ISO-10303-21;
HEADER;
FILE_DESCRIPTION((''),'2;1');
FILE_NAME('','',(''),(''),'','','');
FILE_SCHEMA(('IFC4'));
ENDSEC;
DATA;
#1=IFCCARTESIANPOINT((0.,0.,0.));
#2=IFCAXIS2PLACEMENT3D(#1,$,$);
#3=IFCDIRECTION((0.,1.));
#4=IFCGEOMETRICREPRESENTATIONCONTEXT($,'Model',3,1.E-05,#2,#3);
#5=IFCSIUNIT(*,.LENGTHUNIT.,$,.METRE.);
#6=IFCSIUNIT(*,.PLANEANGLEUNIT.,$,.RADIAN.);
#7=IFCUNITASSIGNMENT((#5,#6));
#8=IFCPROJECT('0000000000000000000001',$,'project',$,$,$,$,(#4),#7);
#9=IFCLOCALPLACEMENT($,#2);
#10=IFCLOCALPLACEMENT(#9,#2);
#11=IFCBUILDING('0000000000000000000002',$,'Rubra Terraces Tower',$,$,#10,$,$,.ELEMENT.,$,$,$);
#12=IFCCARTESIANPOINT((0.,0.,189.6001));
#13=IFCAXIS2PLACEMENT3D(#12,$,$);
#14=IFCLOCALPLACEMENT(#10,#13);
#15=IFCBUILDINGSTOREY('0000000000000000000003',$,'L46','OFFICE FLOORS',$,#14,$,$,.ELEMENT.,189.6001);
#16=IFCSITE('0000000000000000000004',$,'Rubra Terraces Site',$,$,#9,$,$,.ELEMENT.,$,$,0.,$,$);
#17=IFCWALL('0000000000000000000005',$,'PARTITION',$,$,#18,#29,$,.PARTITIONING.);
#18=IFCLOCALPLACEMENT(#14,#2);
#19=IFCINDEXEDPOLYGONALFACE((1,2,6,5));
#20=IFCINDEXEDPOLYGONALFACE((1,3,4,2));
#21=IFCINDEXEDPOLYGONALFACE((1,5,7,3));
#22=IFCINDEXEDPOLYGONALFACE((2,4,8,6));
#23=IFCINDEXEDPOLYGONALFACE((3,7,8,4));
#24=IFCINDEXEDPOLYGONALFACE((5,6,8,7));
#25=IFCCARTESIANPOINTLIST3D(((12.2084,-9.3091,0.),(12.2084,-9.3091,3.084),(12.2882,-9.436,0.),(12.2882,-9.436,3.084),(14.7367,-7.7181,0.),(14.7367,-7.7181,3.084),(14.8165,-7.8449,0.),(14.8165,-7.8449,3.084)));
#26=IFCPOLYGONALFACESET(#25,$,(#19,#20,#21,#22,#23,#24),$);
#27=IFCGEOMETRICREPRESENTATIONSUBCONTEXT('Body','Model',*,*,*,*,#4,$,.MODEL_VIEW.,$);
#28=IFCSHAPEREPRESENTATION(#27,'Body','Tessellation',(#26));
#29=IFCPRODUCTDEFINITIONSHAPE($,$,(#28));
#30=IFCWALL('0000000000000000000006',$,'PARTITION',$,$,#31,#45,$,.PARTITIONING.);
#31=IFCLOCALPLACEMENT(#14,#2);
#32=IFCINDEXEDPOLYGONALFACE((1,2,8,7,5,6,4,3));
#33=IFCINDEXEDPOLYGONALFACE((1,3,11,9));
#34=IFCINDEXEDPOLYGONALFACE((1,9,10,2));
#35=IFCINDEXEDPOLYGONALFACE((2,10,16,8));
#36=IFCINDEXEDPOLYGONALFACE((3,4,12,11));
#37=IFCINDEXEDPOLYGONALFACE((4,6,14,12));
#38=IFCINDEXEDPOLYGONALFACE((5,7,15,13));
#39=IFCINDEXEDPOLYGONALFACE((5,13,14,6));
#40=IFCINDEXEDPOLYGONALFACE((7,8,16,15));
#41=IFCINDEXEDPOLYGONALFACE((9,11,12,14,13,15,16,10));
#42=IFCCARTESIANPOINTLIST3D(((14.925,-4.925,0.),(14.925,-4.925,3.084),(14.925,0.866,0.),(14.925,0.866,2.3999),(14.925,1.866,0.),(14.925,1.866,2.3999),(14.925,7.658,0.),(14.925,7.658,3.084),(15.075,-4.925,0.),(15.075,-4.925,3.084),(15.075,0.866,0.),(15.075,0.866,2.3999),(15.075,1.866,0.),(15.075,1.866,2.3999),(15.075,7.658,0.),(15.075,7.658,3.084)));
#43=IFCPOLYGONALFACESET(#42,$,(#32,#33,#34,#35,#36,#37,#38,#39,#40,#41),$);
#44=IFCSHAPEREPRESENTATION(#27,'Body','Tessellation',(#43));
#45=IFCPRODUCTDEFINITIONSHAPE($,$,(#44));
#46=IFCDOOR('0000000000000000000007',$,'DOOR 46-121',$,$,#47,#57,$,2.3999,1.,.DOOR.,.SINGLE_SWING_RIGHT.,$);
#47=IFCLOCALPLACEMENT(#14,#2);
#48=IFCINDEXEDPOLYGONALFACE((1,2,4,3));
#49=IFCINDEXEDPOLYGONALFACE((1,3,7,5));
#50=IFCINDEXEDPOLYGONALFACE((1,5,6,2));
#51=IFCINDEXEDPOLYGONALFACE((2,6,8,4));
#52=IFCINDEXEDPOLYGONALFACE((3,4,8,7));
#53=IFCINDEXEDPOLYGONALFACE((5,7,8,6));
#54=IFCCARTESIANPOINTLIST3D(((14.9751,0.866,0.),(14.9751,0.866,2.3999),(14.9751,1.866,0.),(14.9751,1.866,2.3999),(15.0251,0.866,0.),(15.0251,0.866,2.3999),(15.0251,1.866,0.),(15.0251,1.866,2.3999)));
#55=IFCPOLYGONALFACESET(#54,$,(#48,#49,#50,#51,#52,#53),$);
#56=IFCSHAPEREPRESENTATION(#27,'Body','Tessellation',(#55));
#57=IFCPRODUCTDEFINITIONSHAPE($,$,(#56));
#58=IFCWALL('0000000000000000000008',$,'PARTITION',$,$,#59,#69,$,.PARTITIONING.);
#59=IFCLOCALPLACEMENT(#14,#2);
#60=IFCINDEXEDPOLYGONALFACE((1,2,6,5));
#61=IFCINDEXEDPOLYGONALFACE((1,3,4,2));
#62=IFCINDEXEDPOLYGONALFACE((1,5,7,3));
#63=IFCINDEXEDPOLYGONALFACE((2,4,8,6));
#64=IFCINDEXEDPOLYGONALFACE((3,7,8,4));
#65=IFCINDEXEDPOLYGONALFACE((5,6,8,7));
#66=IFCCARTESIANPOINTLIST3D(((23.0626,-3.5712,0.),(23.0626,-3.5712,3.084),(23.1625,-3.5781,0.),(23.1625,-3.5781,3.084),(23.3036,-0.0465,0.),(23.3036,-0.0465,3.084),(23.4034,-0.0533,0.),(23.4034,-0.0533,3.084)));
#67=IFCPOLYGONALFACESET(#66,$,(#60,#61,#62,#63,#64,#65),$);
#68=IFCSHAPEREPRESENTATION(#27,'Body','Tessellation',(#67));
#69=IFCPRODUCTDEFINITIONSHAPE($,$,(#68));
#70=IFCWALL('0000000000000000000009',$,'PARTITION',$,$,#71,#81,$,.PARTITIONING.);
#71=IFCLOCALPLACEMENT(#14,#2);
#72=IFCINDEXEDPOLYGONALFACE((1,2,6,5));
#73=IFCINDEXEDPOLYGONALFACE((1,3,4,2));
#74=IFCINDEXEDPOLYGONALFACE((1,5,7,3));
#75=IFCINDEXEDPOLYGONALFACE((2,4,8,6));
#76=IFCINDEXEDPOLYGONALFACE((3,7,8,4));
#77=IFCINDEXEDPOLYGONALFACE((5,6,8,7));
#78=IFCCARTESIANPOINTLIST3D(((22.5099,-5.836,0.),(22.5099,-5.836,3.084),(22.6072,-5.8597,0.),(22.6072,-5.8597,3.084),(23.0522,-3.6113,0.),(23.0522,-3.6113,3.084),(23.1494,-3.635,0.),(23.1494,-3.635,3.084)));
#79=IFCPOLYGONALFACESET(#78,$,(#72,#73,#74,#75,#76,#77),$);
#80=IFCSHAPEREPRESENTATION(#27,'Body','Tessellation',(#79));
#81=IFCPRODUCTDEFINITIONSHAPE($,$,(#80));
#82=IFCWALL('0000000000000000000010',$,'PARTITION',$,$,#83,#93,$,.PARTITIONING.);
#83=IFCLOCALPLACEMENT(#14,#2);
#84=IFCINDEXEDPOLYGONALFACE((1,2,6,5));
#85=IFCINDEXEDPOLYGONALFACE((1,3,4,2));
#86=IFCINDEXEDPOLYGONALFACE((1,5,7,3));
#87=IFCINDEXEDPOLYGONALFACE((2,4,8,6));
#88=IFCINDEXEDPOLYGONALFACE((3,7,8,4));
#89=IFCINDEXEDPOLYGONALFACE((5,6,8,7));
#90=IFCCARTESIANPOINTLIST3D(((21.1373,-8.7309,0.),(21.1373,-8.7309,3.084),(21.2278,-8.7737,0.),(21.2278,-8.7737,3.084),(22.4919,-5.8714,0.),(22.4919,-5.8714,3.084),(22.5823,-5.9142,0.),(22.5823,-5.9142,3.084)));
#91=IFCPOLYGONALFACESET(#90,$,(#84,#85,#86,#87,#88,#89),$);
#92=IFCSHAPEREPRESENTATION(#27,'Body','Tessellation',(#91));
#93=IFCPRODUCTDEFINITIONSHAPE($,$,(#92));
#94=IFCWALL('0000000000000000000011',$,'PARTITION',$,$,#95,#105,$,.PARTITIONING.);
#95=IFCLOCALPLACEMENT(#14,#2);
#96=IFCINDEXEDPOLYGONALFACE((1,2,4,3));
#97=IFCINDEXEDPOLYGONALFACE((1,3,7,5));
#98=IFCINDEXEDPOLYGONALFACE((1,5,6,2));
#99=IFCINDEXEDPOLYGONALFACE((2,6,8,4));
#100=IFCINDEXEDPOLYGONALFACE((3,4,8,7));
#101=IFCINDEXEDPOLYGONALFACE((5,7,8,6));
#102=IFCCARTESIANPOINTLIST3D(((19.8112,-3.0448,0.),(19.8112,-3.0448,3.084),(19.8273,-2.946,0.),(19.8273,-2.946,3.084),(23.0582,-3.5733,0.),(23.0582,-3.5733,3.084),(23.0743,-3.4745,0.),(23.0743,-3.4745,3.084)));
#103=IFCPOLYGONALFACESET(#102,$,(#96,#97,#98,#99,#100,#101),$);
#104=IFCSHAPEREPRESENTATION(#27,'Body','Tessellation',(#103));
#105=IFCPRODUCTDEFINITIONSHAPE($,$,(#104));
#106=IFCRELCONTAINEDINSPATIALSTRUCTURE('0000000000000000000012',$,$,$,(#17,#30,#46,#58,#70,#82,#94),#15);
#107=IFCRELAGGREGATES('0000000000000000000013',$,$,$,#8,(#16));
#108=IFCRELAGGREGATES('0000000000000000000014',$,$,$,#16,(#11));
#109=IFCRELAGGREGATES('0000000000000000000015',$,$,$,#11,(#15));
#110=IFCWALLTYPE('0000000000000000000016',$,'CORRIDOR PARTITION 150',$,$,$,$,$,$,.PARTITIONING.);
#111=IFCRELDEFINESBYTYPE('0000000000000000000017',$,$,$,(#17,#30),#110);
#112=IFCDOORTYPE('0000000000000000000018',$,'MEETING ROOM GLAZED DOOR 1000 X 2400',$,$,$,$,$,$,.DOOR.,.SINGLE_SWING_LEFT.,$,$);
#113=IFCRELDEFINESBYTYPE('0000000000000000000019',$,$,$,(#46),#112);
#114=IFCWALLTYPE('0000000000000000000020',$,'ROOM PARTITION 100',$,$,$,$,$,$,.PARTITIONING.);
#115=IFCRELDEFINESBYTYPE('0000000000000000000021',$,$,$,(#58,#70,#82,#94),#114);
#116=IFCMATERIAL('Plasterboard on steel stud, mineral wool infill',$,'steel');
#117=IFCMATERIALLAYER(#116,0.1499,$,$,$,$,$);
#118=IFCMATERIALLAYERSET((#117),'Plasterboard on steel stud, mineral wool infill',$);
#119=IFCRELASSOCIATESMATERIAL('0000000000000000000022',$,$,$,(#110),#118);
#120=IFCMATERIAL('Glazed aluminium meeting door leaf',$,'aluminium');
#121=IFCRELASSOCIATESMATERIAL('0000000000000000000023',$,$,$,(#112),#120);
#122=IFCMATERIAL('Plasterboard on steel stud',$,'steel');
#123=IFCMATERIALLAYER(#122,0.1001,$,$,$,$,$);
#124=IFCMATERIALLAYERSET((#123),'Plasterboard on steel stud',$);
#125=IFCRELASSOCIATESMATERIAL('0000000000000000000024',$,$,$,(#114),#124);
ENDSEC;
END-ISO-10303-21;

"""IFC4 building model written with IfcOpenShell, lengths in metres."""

from ifc_helpers import new_model, si_unit, direction, frame, frame_2d, origin, place, context, subcontext, project, spatial, rectangle, extrude, material, layer, layer_set, type_object, element, fill, save


model = new_model("IFC4")

# Units and contexts
model_context = context("Model", 3, precision=1e-05, world=origin(), true_north=direction((0.0, 1.0)))
body_context = subcontext(model_context, "Body", "Model", "MODEL_VIEW")
ifc_project = project(units=[si_unit("LENGTHUNIT", "METRE"), si_unit("PLANEANGLEUNIT", "RADIAN")], contexts=[model_context])

# Site, building, storey
site_placement = place(None, origin())
site = spatial("IfcSite", under=ifc_project, at=site_placement, Name="Rubra Terraces Site", CompositionType="ELEMENT", RefElevation=0.0)
building_placement = place(site_placement, origin())
building = spatial("IfcBuilding", under=site, at=building_placement, Name="Rubra Terraces Tower", CompositionType="ELEMENT")
storey_placement = place(building_placement, frame((0.0, 0.0, 189.6001)))
storey = spatial("IfcBuildingStorey", under=building, at=storey_placement, Name="L46", Description="OFFICE FLOORS", CompositionType="ELEMENT", Elevation=189.6001)

# Shared definitions
ifc_material_1 = material(Name="Plasterboard on steel stud, mineral wool infill", Category="steel")
ifc_layer_1 = layer(ifc_material_1, 0.1499)
ifc_layer_set_1 = layer_set([ifc_layer_1], Name="Plasterboard on steel stud, mineral wool infill")
wall_type_1 = type_object("IfcWallType", Name="CORRIDOR PARTITION 150", PredefinedType="PARTITIONING", material=ifc_layer_set_1)
ifc_material_2 = material(Name="Glazed aluminium meeting door leaf", Category="aluminium")
door_type_1 = type_object("IfcDoorType", Name="MEETING ROOM GLAZED DOOR 1000 X 2400", OperationType="SINGLE_SWING_LEFT", PredefinedType="DOOR", material=ifc_material_2)

# Wall
wall_1_placement = place(storey_placement, frame((14.7766, -7.7815, 0.0), z_axis=(0.0, 0.0, 1.0), x_axis=(-0.84636, -0.532612, 0.0)))
element("IfcWall", 1, at=wall_1_placement, inside=storey, type_object=wall_type_1, Name="PARTITION", PredefinedType="PARTITIONING", context=body_context, shape_type="SweptSolid", body=[
    extrude(rectangle(XDim=2.9873, YDim=0.1499, at=frame_2d((1.4937, 0.0))), origin(), (0.0, 0.0, 1.0), 3.084),
])

# Wall, opening, door
wall_2_placement = place(storey_placement, frame((15.0, -4.925, 0.0), z_axis=(0.0, 0.0, 1.0), x_axis=(0.0, 1.0, 0.0)))
wall_2 = element("IfcWall", 2, at=wall_2_placement, inside=storey, type_object=wall_type_1, Name="PARTITION", PredefinedType="PARTITIONING", context=body_context, shape_type="SweptSolid", body=[
    extrude(rectangle(XDim=12.583, YDim=0.1499, at=frame_2d((6.2915, 0.0))), origin(), (0.0, 0.0, 1.0), 3.084),
])
opening_1_placement = place(wall_2_placement, frame((5.791, 0.0, 0.0)))
opening_1 = element("IfcOpeningElement", 3, at=opening_1_placement, cuts=wall_2, PredefinedType="OPENING", context=body_context, shape_type="SweptSolid", body=[
    extrude(rectangle(XDim=1.0, YDim=2.3999, at=frame_2d((0.5, 1.2))), frame((0.0, 0.085, 0.0), z_axis=(0.0, -1.0, 0.0), x_axis=(1.0, 0.0, 0.0)), (0.0, 0.0, 1.0), 0.1699),
])
door_1_placement = place(opening_1_placement, origin())
door_1 = element("IfcDoor", 4, at=door_1_placement, inside=storey, type_object=door_type_1, Name="DOOR 46-121", OperationType="SINGLE_SWING_RIGHT", OverallHeight=2.3999, OverallWidth=1.0, PredefinedType="DOOR", context=body_context, shape_type="SweptSolid", body=[
    extrude(rectangle(XDim=1.0, YDim=2.3999, at=frame_2d((0.5, 1.2))), frame((0.0, 0.0249, 0.0), z_axis=(0.0, -1.0, 0.0), x_axis=(1.0, 0.0, 0.0)), (0.0, 0.0, 1.0), 0.05),
])
fill(opening_1, door_1)

# Walls
ifc_material_3 = material(Name="Plasterboard on steel stud", Category="steel")
ifc_layer_2 = layer(ifc_material_3, 0.1001)
ifc_layer_set_2 = layer_set([ifc_layer_2], Name="Plasterboard on steel stud")
wall_type_2 = type_object("IfcWallType", Name="ROOM PARTITION 100", PredefinedType="PARTITIONING", material=ifc_layer_set_2)
wall_3_placement = place(storey_placement, frame((23.3535, -0.0498, 0.0), z_axis=(0.0, 0.0, 1.0), x_axis=(-0.068207, -0.997671, 0.0)))
element("IfcWall", 5, at=wall_3_placement, inside=storey, type_object=wall_type_2, Name="PARTITION", PredefinedType="PARTITIONING", context=body_context, shape_type="SweptSolid", body=[
    extrude(rectangle(XDim=3.533, YDim=0.1001, at=frame_2d((1.7666, 0.0))), origin(), (0.0, 0.0, 1.0), 3.084),
])
wall_4_placement = place(storey_placement, frame((23.1008, -3.623, 0.0), z_axis=(0.0, 0.0, 1.0), x_axis=(-0.236811, -0.971556, 0.0)))
element("IfcWall", 6, at=wall_4_placement, inside=storey, type_object=wall_type_2, Name="PARTITION", PredefinedType="PARTITIONING", context=body_context, shape_type="SweptSolid", body=[
    extrude(rectangle(XDim=2.2898, YDim=0.1001, at=frame_2d((1.145, 0.0))), origin(), (0.0, 0.0, 1.0), 3.084),
])
wall_5_placement = place(storey_placement, frame((22.5371, -5.8928, 0.0), z_axis=(0.0, 0.0, 1.0), x_axis=(-0.4281, -0.903732, 0.0)))
element("IfcWall", 7, at=wall_5_placement, inside=storey, type_object=wall_type_2, Name="PARTITION", PredefinedType="PARTITIONING", context=body_context, shape_type="SweptSolid", body=[
    extrude(rectangle(XDim=3.1641, YDim=0.1001, at=frame_2d((1.582, 0.0))), origin(), (0.0, 0.0, 1.0), 3.084),
])
wall_6_placement = place(storey_placement, frame((19.8191, -2.9954, 0.0), z_axis=(0.0, 0.0, 1.0), x_axis=(0.987009, -0.160667, 0.0)))
element("IfcWall", 8, at=wall_6_placement, inside=storey, type_object=wall_type_2, Name="PARTITION", PredefinedType="PARTITIONING", context=body_context, shape_type="SweptSolid", body=[
    extrude(rectangle(XDim=3.2898, YDim=0.1001, at=frame_2d((1.645, 0.0))), origin(), (0.0, 0.0, 1.0), 3.084),
])

save(model, "model.ifc")
